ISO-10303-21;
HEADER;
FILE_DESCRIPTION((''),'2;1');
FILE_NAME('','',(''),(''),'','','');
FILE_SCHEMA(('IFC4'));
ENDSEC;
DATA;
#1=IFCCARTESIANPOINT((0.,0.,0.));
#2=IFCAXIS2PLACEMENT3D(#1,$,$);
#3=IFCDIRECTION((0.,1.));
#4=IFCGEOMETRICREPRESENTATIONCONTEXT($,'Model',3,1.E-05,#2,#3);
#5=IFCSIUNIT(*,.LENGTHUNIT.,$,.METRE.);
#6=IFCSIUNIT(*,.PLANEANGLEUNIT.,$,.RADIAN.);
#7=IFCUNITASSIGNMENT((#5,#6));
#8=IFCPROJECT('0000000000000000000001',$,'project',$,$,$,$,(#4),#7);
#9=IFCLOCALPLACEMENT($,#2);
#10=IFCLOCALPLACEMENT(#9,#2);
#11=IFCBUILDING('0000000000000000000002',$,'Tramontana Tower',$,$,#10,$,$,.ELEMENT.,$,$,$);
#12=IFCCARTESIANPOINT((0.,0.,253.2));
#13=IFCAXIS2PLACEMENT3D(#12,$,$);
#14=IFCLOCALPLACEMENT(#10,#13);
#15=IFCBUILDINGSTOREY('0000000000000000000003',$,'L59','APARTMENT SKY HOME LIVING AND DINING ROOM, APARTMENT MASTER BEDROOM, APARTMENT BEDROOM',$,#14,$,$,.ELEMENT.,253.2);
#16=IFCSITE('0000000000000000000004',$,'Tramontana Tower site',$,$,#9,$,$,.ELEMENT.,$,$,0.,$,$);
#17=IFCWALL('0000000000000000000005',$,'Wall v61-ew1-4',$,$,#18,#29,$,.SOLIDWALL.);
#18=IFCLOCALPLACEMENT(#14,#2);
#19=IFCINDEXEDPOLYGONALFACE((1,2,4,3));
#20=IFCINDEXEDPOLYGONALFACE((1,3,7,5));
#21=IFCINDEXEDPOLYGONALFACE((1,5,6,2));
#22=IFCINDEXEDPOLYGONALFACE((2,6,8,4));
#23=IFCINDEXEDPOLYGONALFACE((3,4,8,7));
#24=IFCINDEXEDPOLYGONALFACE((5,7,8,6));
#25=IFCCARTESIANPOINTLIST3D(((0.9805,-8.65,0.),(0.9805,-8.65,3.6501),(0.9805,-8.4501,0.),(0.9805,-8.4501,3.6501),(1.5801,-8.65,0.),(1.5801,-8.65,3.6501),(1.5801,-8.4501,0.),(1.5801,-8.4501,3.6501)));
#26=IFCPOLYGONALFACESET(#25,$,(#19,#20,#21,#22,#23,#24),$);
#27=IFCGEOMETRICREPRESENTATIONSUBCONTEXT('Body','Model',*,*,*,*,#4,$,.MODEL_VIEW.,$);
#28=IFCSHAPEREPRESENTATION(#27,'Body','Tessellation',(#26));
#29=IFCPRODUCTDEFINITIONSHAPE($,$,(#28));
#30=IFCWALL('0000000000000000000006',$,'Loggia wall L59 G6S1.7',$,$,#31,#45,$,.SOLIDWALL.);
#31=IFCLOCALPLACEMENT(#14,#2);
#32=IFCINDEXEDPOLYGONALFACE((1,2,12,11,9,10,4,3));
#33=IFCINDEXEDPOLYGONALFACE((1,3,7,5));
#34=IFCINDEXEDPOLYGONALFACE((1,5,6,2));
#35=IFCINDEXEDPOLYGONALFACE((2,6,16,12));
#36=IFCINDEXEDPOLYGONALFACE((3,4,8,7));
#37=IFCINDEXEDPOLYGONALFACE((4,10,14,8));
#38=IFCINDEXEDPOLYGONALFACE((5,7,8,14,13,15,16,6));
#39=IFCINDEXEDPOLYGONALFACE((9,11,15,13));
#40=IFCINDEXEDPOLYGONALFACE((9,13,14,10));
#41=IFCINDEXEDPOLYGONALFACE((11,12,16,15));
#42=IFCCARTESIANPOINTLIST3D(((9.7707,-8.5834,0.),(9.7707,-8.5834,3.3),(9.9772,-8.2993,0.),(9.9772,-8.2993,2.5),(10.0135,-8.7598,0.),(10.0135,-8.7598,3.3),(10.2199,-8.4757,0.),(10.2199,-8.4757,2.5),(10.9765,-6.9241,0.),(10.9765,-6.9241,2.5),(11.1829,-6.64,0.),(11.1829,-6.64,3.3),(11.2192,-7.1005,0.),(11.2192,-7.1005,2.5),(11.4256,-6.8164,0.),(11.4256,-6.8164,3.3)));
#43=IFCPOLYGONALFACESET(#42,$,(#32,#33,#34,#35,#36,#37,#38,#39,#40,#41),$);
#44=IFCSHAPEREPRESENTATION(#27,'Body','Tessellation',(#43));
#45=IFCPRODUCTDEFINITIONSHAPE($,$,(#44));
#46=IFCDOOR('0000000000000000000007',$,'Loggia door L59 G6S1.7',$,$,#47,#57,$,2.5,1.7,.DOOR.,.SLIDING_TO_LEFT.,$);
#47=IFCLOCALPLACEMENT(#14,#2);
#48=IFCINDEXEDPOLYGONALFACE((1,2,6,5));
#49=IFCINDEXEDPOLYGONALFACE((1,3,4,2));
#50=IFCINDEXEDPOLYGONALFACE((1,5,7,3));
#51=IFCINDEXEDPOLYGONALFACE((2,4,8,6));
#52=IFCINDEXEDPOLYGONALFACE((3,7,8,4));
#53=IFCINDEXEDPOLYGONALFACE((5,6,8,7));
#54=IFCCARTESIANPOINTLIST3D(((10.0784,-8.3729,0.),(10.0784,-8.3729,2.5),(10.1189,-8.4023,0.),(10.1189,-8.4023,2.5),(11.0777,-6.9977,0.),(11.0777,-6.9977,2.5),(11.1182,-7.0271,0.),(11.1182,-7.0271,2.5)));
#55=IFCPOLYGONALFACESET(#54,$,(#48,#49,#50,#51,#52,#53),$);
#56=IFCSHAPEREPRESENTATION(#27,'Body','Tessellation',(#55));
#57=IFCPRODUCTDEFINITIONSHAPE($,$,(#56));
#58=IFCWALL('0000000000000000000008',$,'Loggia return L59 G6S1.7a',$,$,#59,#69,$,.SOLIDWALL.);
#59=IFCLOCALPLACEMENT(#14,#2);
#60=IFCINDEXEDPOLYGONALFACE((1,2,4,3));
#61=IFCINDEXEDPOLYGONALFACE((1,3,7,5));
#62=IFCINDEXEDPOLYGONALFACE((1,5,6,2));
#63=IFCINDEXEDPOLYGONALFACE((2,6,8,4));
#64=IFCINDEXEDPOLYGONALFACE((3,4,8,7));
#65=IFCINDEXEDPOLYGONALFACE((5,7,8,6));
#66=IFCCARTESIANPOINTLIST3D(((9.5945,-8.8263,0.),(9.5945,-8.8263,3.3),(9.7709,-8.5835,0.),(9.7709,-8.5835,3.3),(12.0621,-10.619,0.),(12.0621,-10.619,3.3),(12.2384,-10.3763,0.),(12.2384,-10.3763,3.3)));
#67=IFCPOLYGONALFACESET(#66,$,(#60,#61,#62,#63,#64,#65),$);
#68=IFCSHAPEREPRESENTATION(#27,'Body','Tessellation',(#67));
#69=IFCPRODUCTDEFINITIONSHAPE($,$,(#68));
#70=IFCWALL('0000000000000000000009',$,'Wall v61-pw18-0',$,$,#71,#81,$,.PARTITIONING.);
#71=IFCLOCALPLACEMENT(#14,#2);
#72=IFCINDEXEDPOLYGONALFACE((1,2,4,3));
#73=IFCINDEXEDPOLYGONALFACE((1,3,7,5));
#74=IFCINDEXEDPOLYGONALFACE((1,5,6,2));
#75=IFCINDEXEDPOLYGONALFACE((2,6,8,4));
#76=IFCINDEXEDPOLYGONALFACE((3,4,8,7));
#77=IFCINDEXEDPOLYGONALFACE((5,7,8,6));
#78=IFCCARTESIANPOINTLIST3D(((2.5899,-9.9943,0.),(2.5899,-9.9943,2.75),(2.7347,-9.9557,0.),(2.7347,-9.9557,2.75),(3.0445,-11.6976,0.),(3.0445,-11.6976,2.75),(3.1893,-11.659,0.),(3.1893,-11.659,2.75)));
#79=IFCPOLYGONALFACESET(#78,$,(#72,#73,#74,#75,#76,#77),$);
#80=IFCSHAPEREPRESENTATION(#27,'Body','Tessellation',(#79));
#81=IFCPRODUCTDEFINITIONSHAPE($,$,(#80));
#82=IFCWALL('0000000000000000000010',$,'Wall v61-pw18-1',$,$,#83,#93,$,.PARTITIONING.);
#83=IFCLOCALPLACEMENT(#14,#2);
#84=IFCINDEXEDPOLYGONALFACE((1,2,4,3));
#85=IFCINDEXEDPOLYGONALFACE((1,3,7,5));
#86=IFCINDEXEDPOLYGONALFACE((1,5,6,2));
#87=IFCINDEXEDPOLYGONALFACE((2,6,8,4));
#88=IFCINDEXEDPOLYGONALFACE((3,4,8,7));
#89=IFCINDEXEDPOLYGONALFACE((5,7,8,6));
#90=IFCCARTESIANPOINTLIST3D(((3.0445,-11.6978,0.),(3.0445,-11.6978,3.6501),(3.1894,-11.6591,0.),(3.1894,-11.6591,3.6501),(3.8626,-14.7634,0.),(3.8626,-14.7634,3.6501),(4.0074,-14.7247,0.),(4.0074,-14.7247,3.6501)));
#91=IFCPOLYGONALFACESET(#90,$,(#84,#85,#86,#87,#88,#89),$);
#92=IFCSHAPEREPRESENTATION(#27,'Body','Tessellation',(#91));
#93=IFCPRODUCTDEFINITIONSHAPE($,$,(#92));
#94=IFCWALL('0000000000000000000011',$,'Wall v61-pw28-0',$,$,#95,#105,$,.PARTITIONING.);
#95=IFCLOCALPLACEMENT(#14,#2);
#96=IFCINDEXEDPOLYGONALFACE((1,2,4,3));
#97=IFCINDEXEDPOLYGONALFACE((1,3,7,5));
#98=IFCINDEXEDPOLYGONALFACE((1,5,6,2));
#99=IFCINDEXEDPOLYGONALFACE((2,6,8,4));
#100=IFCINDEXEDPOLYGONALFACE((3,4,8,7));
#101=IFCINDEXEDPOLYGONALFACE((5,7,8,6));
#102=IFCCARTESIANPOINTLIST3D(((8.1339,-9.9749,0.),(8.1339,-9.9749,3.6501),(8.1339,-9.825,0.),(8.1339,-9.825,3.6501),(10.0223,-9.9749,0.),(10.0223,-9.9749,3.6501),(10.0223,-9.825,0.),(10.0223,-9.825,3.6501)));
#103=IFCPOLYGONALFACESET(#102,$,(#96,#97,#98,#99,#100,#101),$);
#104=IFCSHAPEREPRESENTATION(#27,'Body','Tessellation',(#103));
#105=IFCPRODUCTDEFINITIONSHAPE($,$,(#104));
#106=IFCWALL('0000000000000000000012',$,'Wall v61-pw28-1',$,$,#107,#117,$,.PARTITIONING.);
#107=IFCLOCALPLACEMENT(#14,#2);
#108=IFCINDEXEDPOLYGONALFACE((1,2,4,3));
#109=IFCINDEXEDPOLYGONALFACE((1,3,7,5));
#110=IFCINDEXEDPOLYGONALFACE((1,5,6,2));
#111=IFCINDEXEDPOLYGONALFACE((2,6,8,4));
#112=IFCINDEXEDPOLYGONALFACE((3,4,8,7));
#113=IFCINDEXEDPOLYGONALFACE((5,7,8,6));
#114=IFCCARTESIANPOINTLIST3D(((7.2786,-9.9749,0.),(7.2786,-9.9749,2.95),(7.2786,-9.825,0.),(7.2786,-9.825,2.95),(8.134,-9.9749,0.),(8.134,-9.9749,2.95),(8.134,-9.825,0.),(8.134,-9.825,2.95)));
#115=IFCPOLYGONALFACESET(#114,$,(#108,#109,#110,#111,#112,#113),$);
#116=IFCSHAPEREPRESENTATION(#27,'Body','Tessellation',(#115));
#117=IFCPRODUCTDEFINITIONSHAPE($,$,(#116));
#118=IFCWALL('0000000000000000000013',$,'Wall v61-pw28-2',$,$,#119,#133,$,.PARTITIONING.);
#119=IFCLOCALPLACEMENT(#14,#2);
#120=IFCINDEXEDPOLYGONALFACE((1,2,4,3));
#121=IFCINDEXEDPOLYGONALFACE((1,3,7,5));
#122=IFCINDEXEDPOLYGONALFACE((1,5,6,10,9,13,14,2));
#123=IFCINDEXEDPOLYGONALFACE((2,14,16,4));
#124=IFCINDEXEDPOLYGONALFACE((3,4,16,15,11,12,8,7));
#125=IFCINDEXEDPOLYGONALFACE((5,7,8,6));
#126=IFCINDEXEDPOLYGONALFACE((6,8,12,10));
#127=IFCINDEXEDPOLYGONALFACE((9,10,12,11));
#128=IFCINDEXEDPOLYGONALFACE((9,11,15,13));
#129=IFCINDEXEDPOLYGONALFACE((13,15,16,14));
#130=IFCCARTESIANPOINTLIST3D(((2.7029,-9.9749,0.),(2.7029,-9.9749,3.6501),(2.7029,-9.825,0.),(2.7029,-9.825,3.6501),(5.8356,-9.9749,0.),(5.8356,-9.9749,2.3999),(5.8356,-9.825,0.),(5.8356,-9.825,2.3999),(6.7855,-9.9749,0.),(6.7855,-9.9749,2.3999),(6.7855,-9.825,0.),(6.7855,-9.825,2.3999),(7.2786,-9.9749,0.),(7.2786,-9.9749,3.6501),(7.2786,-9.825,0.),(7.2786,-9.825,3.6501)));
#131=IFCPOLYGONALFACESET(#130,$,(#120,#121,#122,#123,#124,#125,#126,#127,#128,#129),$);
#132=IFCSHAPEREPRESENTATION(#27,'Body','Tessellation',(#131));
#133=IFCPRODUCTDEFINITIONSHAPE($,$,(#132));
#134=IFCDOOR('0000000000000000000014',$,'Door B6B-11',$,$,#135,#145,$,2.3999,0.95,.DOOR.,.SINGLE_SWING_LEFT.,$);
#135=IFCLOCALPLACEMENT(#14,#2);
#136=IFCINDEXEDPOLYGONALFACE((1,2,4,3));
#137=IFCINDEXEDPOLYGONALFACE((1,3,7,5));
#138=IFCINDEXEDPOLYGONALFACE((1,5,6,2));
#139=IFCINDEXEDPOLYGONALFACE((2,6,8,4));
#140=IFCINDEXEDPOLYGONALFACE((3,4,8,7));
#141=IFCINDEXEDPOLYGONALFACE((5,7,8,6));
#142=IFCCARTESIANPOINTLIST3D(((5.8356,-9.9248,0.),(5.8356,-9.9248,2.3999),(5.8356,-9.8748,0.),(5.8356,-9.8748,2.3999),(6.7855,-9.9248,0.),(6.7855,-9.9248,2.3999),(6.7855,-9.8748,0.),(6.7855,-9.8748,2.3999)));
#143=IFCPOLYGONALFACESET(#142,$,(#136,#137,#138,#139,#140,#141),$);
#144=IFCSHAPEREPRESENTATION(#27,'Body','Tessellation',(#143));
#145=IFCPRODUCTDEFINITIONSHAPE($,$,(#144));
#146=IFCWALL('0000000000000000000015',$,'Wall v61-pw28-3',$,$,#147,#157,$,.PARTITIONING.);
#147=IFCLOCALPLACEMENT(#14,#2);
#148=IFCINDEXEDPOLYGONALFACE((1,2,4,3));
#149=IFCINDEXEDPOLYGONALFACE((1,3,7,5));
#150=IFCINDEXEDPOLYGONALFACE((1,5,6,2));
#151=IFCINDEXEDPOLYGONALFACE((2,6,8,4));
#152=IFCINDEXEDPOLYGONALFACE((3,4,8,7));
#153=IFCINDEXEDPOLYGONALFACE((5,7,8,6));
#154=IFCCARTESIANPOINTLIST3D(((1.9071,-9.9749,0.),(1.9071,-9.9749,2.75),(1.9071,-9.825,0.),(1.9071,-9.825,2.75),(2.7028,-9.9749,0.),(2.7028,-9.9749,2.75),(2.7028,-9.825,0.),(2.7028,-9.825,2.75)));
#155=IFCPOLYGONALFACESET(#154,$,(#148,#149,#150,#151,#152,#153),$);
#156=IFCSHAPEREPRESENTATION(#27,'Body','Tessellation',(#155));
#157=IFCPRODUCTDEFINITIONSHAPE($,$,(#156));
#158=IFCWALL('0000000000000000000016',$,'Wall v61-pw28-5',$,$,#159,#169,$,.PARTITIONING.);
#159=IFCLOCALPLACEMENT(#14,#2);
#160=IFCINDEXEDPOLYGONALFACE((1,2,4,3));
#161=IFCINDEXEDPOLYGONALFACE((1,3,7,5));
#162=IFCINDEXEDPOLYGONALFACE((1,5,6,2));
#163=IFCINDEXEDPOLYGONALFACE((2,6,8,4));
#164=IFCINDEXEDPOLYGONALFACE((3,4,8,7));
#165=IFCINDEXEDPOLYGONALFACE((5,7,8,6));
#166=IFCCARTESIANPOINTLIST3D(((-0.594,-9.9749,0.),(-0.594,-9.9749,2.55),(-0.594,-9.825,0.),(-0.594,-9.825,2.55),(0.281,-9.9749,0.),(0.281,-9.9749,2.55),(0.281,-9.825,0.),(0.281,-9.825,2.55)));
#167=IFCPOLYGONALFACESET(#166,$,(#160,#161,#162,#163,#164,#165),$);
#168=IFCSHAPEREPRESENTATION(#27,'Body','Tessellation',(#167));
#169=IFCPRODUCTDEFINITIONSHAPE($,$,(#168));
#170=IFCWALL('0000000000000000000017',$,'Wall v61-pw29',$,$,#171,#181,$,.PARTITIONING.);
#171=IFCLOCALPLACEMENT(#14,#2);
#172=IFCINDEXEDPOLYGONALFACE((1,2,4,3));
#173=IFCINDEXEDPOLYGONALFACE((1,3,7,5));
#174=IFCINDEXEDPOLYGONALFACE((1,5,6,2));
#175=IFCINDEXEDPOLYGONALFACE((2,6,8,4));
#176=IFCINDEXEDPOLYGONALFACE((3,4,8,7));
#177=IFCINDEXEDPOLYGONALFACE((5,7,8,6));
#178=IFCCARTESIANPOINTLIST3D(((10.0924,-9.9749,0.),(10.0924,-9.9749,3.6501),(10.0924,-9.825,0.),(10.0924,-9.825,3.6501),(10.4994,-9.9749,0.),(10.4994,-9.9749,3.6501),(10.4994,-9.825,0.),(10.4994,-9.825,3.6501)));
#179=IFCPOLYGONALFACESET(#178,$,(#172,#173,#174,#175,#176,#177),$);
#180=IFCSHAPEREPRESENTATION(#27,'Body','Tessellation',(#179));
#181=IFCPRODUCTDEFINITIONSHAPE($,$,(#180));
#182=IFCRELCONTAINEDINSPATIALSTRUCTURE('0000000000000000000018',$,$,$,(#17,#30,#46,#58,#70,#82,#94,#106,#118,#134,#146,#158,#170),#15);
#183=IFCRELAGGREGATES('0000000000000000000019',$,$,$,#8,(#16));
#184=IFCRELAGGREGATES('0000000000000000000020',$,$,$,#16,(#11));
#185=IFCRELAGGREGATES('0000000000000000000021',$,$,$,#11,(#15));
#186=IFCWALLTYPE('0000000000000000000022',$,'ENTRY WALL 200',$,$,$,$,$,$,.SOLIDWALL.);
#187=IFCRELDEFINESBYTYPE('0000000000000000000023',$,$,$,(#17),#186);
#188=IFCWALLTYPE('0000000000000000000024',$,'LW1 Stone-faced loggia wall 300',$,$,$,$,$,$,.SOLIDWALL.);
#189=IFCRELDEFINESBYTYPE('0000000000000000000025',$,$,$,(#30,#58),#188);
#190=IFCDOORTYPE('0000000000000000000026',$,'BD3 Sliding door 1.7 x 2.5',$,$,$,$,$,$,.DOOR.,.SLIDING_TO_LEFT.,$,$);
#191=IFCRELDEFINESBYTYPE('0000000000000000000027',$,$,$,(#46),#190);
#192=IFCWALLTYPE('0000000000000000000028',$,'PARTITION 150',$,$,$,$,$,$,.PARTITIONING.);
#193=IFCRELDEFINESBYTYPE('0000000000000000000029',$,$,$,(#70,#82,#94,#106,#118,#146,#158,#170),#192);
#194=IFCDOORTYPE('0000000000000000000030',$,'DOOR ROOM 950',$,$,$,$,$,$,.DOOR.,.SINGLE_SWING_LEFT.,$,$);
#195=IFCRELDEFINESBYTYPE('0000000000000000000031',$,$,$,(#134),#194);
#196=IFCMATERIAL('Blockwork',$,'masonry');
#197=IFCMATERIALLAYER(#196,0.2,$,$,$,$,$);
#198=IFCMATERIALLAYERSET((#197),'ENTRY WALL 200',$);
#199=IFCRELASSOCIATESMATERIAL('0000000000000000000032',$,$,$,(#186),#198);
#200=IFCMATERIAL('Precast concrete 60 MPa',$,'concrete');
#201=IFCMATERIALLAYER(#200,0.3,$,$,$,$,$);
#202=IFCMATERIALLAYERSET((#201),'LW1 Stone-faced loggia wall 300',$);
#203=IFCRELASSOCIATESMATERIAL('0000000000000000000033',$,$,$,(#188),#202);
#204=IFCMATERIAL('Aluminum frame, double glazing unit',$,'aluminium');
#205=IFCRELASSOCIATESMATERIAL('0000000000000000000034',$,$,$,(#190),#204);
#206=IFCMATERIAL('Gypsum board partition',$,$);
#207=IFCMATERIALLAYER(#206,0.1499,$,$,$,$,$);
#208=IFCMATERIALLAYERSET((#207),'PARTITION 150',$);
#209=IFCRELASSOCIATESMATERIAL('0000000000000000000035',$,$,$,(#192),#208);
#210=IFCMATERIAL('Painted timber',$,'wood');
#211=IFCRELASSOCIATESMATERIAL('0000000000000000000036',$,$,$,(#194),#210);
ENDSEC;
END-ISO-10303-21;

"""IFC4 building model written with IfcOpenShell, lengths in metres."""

from ifc_helpers import new_model, si_unit, direction, frame, frame_2d, origin, place, context, subcontext, project, spatial, rectangle, extrude, material, layer, layer_set, type_object, element, fill, save


model = new_model("IFC4")

# Units and contexts
model_context = context("Model", 3, precision=1e-05, world=origin(), true_north=direction((0.0, 1.0)))
body_context = subcontext(model_context, "Body", "Model", "MODEL_VIEW")
ifc_project = project(units=[si_unit("LENGTHUNIT", "METRE"), si_unit("PLANEANGLEUNIT", "RADIAN")], contexts=[model_context])

# Site, building, storey
site_placement = place(None, origin())
site = spatial("IfcSite", under=ifc_project, at=site_placement, Name="Tramontana Tower site", CompositionType="ELEMENT", RefElevation=0.0)
building_placement = place(site_placement, origin())
building = spatial("IfcBuilding", under=site, at=building_placement, Name="Tramontana Tower", CompositionType="ELEMENT")
storey_placement = place(building_placement, frame((0.0, 0.0, 253.2)))
storey = spatial("IfcBuildingStorey", under=building, at=storey_placement, Name="L59", Description="APARTMENT SKY HOME LIVING AND DINING ROOM, APARTMENT MASTER BEDROOM, APARTMENT BEDROOM", CompositionType="ELEMENT", Elevation=253.2)

# Wall
ifc_material_1 = material(Name="Blockwork", Category="masonry")
ifc_layer_1 = layer(ifc_material_1, 0.2)
ifc_layer_set_1 = layer_set([ifc_layer_1], Name="ENTRY WALL 200")
wall_type_1 = type_object("IfcWallType", Name="ENTRY WALL 200", PredefinedType="SOLIDWALL", material=ifc_layer_set_1)
wall_1_placement = place(storey_placement, frame((1.5801, -8.55, 0.0), z_axis=(0.0, 0.0, 1.0), x_axis=(-1.0, 0.0, 0.0)))
element("IfcWall", 1, at=wall_1_placement, inside=storey, type_object=wall_type_1, Name="Wall v61-ew1-4", PredefinedType="SOLIDWALL", context=body_context, shape_type="SweptSolid", body=[
    extrude(rectangle(XDim=0.5996, YDim=0.2, at=frame_2d((0.2998, 0.0))), origin(), (0.0, 0.0, 1.0), 3.6501),
])

# Wall, opening, door
ifc_material_2 = material(Name="Precast concrete 60 MPa", Category="concrete")
ifc_layer_2 = layer(ifc_material_2, 0.3)
ifc_layer_set_2 = layer_set([ifc_layer_2], Name="LW1 Stone-faced loggia wall 300")
wall_type_2 = type_object("IfcWallType", Name="LW1 Stone-faced loggia wall 300", PredefinedType="SOLIDWALL", material=ifc_layer_set_2)
wall_2_placement = place(storey_placement, frame((9.8921, -8.6716, 0.0), z_axis=(0.0, 0.0, 1.0), x_axis=(0.587833, 0.808982, 0.0)))
wall_2 = element("IfcWall", 2, at=wall_2_placement, inside=storey, type_object=wall_type_2, Name="Loggia wall L59 G6S1.7", PredefinedType="SOLIDWALL", context=body_context, shape_type="SweptSolid", body=[
    extrude(rectangle(XDim=2.4023, YDim=0.3, at=frame_2d((1.2012, 0.0))), origin(), (0.0, 0.0, 1.0), 3.3),
])
opening_1_placement = place(wall_2_placement, frame((0.3511, 0.0, 0.0)))
opening_1 = element("IfcOpeningElement", 3, at=opening_1_placement, cuts=wall_2, PredefinedType="OPENING", context=body_context, shape_type="SweptSolid", body=[
    extrude(rectangle(XDim=1.7, YDim=2.5, at=frame_2d((0.8501, 1.25))), frame((0.0, 0.1599, 0.0), z_axis=(0.0, -1.0, 0.0), x_axis=(1.0, 0.0, 0.0)), (0.0, 0.0, 1.0), 0.3201),
])
ifc_material_3 = material(Name="Aluminum frame, double glazing unit", Category="aluminium")
door_type_1 = type_object("IfcDoorType", Name="BD3 Sliding door 1.7 x 2.5", OperationType="SLIDING_TO_LEFT", PredefinedType="DOOR", material=ifc_material_3)
door_1_placement = place(opening_1_placement, origin())
door_1 = element("IfcDoor", 4, at=door_1_placement, inside=storey, type_object=door_type_1, Name="Loggia door L59 G6S1.7", OperationType="SLIDING_TO_LEFT", OverallHeight=2.5, OverallWidth=1.7, PredefinedType="DOOR", context=body_context, shape_type="SweptSolid", body=[
    extrude(rectangle(XDim=1.7, YDim=2.5, at=frame_2d((0.8501, 1.25))), frame((0.0, 0.0249, 0.0), z_axis=(0.0, -1.0, 0.0), x_axis=(1.0, 0.0, 0.0)), (0.0, 0.0, 1.0), 0.05),
])
fill(opening_1, door_1)

# Walls
wall_3_placement = place(storey_placement, frame((12.1501, -10.4976, 0.0), z_axis=(0.0, 0.0, 1.0), x_axis=(-0.809023, 0.587777, 0.0)))
element("IfcWall", 5, at=wall_3_placement, inside=storey, type_object=wall_type_2, Name="Loggia return L59 G6S1.7a", PredefinedType="SOLIDWALL", context=body_context, shape_type="SweptSolid", body=[
    extrude(rectangle(XDim=3.05, YDim=0.3, at=frame_2d((1.5249, 0.0))), origin(), (0.0, 0.0, 1.0), 3.3),
])
ifc_material_4 = material(Name="Gypsum board partition")
ifc_layer_3 = layer(ifc_material_4, 0.1499)
ifc_layer_set_3 = layer_set([ifc_layer_3], Name="PARTITION 150")
wall_type_3 = type_object("IfcWallType", Name="PARTITION 150", PredefinedType="PARTITIONING", material=ifc_layer_set_3)
wall_4_placement = place(storey_placement, frame((2.6624, -9.9751, 0.0), z_axis=(0.0, 0.0, 1.0), x_axis=(0.257852, -0.966184, 0.0)))
element("IfcWall", 6, at=wall_4_placement, inside=storey, type_object=wall_type_3, Name="Wall v61-pw18-0", PredefinedType="PARTITIONING", context=body_context, shape_type="SweptSolid", body=[
    extrude(rectangle(XDim=1.7629, YDim=0.1499, at=frame_2d((0.8813, 0.0))), origin(), (0.0, 0.0, 1.0), 2.75),
])
wall_5_placement = place(storey_placement, frame((3.1169, -11.6785, 0.0), z_axis=(0.0, 0.0, 1.0), x_axis=(0.25784, -0.966188, 0.0)))
element("IfcWall", 7, at=wall_5_placement, inside=storey, type_object=wall_type_3, Name="Wall v61-pw18-1", PredefinedType="PARTITIONING", context=body_context, shape_type="SweptSolid", body=[
    extrude(rectangle(XDim=3.1729, YDim=0.1499, at=frame_2d((1.5864, 0.0))), origin(), (0.0, 0.0, 1.0), 3.6501),
])

# Walls
wall_6_placement = place(storey_placement, frame((10.0225, -9.8999, 0.0), z_axis=(0.0, 0.0, 1.0), x_axis=(-1.0, 0.0, 0.0)))
element("IfcWall", 8, at=wall_6_placement, inside=storey, type_object=wall_type_3, Name="Wall v61-pw28-0", PredefinedType="PARTITIONING", context=body_context, shape_type="SweptSolid", body=[
    extrude(rectangle(XDim=1.8884, YDim=0.1499, at=frame_2d((0.9443, 0.0))), origin(), (0.0, 0.0, 1.0), 3.6501),
])
wall_7_placement = place(storey_placement, frame((8.134, -9.8999, 0.0), z_axis=(0.0, 0.0, 1.0), x_axis=(-1.0, 0.0, 0.0)))
element("IfcWall", 9, at=wall_7_placement, inside=storey, type_object=wall_type_3, Name="Wall v61-pw28-1", PredefinedType="PARTITIONING", context=body_context, shape_type="SweptSolid", body=[
    extrude(rectangle(XDim=0.8555, YDim=0.1499, at=frame_2d((0.4277, 0.0))), origin(), (0.0, 0.0, 1.0), 2.95),
])

# Wall, opening, door
wall_8_placement = place(storey_placement, frame((7.2786, -9.8999, 0.0), z_axis=(0.0, 0.0, 1.0), x_axis=(-1.0, 0.0, 0.0)))
wall_8 = element("IfcWall", 10, at=wall_8_placement, inside=storey, type_object=wall_type_3, Name="Wall v61-pw28-2", PredefinedType="PARTITIONING", context=body_context, shape_type="SweptSolid", body=[
    extrude(rectangle(XDim=4.5757, YDim=0.1499, at=frame_2d((2.2878, 0.0))), origin(), (0.0, 0.0, 1.0), 3.6501),
])
opening_2_placement = place(wall_8_placement, frame((0.4929, 0.0, 0.0)))
opening_2 = element("IfcOpeningElement", 11, at=opening_2_placement, cuts=wall_8, PredefinedType="OPENING", context=body_context, shape_type="SweptSolid", body=[
    extrude(rectangle(XDim=0.95, YDim=2.3999, at=frame_2d((0.4751, 1.2))), frame((0.0, 0.085, 0.0), z_axis=(0.0, -1.0, 0.0), x_axis=(1.0, 0.0, 0.0)), (0.0, 0.0, 1.0), 0.1699),
])
ifc_material_5 = material(Name="Painted timber", Category="wood")
door_type_2 = type_object("IfcDoorType", Name="DOOR ROOM 950", OperationType="SINGLE_SWING_LEFT", PredefinedType="DOOR", material=ifc_material_5)
door_2_placement = place(opening_2_placement, origin())
door_2 = element("IfcDoor", 12, at=door_2_placement, inside=storey, type_object=door_type_2, Name="Door B6B-11", OperationType="SINGLE_SWING_LEFT", OverallHeight=2.3999, OverallWidth=0.95, PredefinedType="DOOR", context=body_context, shape_type="SweptSolid", body=[
    extrude(rectangle(XDim=0.95, YDim=2.3999, at=frame_2d((0.4751, 1.2))), frame((0.0, 0.0249, 0.0), z_axis=(0.0, -1.0, 0.0), x_axis=(1.0, 0.0, 0.0)), (0.0, 0.0, 1.0), 0.05),
])
fill(opening_2, door_2)

# Wall
wall_9_placement = place(storey_placement, frame((2.7029, -9.8999, 0.0), z_axis=(0.0, 0.0, 1.0), x_axis=(-1.0, 0.0, 0.0)))
element("IfcWall", 13, at=wall_9_placement, inside=storey, type_object=wall_type_3, Name="Wall v61-pw28-3", PredefinedType="PARTITIONING", context=body_context, shape_type="SweptSolid", body=[
    extrude(rectangle(XDim=0.7957, YDim=0.1499, at=frame_2d((0.3979, 0.0))), origin(), (0.0, 0.0, 1.0), 2.75),
])

# Walls
wall_10_placement = place(storey_placement, frame((0.281, -9.8999, 0.0), z_axis=(0.0, 0.0, 1.0), x_axis=(-1.0, 0.0, 0.0)))
element("IfcWall", 14, at=wall_10_placement, inside=storey, type_object=wall_type_3, Name="Wall v61-pw28-5", PredefinedType="PARTITIONING", context=body_context, shape_type="SweptSolid", body=[
    extrude(rectangle(XDim=0.875, YDim=0.1499, at=frame_2d((0.4375, 0.0))), origin(), (0.0, 0.0, 1.0), 2.55),
])
wall_11_placement = place(storey_placement, frame((10.0923, -9.8999, 0.0), z_axis=(0.0, 0.0, 1.0), x_axis=(1.0, 0.0, 0.0)))
element("IfcWall", 15, at=wall_11_placement, inside=storey, type_object=wall_type_3, Name="Wall v61-pw29", PredefinedType="PARTITIONING", context=body_context, shape_type="SweptSolid", body=[
    extrude(rectangle(XDim=0.407, YDim=0.1499, at=frame_2d((0.2036, 0.0))), origin(), (0.0, 0.0, 1.0), 3.6501),
])

save(model, "model.ifc")
